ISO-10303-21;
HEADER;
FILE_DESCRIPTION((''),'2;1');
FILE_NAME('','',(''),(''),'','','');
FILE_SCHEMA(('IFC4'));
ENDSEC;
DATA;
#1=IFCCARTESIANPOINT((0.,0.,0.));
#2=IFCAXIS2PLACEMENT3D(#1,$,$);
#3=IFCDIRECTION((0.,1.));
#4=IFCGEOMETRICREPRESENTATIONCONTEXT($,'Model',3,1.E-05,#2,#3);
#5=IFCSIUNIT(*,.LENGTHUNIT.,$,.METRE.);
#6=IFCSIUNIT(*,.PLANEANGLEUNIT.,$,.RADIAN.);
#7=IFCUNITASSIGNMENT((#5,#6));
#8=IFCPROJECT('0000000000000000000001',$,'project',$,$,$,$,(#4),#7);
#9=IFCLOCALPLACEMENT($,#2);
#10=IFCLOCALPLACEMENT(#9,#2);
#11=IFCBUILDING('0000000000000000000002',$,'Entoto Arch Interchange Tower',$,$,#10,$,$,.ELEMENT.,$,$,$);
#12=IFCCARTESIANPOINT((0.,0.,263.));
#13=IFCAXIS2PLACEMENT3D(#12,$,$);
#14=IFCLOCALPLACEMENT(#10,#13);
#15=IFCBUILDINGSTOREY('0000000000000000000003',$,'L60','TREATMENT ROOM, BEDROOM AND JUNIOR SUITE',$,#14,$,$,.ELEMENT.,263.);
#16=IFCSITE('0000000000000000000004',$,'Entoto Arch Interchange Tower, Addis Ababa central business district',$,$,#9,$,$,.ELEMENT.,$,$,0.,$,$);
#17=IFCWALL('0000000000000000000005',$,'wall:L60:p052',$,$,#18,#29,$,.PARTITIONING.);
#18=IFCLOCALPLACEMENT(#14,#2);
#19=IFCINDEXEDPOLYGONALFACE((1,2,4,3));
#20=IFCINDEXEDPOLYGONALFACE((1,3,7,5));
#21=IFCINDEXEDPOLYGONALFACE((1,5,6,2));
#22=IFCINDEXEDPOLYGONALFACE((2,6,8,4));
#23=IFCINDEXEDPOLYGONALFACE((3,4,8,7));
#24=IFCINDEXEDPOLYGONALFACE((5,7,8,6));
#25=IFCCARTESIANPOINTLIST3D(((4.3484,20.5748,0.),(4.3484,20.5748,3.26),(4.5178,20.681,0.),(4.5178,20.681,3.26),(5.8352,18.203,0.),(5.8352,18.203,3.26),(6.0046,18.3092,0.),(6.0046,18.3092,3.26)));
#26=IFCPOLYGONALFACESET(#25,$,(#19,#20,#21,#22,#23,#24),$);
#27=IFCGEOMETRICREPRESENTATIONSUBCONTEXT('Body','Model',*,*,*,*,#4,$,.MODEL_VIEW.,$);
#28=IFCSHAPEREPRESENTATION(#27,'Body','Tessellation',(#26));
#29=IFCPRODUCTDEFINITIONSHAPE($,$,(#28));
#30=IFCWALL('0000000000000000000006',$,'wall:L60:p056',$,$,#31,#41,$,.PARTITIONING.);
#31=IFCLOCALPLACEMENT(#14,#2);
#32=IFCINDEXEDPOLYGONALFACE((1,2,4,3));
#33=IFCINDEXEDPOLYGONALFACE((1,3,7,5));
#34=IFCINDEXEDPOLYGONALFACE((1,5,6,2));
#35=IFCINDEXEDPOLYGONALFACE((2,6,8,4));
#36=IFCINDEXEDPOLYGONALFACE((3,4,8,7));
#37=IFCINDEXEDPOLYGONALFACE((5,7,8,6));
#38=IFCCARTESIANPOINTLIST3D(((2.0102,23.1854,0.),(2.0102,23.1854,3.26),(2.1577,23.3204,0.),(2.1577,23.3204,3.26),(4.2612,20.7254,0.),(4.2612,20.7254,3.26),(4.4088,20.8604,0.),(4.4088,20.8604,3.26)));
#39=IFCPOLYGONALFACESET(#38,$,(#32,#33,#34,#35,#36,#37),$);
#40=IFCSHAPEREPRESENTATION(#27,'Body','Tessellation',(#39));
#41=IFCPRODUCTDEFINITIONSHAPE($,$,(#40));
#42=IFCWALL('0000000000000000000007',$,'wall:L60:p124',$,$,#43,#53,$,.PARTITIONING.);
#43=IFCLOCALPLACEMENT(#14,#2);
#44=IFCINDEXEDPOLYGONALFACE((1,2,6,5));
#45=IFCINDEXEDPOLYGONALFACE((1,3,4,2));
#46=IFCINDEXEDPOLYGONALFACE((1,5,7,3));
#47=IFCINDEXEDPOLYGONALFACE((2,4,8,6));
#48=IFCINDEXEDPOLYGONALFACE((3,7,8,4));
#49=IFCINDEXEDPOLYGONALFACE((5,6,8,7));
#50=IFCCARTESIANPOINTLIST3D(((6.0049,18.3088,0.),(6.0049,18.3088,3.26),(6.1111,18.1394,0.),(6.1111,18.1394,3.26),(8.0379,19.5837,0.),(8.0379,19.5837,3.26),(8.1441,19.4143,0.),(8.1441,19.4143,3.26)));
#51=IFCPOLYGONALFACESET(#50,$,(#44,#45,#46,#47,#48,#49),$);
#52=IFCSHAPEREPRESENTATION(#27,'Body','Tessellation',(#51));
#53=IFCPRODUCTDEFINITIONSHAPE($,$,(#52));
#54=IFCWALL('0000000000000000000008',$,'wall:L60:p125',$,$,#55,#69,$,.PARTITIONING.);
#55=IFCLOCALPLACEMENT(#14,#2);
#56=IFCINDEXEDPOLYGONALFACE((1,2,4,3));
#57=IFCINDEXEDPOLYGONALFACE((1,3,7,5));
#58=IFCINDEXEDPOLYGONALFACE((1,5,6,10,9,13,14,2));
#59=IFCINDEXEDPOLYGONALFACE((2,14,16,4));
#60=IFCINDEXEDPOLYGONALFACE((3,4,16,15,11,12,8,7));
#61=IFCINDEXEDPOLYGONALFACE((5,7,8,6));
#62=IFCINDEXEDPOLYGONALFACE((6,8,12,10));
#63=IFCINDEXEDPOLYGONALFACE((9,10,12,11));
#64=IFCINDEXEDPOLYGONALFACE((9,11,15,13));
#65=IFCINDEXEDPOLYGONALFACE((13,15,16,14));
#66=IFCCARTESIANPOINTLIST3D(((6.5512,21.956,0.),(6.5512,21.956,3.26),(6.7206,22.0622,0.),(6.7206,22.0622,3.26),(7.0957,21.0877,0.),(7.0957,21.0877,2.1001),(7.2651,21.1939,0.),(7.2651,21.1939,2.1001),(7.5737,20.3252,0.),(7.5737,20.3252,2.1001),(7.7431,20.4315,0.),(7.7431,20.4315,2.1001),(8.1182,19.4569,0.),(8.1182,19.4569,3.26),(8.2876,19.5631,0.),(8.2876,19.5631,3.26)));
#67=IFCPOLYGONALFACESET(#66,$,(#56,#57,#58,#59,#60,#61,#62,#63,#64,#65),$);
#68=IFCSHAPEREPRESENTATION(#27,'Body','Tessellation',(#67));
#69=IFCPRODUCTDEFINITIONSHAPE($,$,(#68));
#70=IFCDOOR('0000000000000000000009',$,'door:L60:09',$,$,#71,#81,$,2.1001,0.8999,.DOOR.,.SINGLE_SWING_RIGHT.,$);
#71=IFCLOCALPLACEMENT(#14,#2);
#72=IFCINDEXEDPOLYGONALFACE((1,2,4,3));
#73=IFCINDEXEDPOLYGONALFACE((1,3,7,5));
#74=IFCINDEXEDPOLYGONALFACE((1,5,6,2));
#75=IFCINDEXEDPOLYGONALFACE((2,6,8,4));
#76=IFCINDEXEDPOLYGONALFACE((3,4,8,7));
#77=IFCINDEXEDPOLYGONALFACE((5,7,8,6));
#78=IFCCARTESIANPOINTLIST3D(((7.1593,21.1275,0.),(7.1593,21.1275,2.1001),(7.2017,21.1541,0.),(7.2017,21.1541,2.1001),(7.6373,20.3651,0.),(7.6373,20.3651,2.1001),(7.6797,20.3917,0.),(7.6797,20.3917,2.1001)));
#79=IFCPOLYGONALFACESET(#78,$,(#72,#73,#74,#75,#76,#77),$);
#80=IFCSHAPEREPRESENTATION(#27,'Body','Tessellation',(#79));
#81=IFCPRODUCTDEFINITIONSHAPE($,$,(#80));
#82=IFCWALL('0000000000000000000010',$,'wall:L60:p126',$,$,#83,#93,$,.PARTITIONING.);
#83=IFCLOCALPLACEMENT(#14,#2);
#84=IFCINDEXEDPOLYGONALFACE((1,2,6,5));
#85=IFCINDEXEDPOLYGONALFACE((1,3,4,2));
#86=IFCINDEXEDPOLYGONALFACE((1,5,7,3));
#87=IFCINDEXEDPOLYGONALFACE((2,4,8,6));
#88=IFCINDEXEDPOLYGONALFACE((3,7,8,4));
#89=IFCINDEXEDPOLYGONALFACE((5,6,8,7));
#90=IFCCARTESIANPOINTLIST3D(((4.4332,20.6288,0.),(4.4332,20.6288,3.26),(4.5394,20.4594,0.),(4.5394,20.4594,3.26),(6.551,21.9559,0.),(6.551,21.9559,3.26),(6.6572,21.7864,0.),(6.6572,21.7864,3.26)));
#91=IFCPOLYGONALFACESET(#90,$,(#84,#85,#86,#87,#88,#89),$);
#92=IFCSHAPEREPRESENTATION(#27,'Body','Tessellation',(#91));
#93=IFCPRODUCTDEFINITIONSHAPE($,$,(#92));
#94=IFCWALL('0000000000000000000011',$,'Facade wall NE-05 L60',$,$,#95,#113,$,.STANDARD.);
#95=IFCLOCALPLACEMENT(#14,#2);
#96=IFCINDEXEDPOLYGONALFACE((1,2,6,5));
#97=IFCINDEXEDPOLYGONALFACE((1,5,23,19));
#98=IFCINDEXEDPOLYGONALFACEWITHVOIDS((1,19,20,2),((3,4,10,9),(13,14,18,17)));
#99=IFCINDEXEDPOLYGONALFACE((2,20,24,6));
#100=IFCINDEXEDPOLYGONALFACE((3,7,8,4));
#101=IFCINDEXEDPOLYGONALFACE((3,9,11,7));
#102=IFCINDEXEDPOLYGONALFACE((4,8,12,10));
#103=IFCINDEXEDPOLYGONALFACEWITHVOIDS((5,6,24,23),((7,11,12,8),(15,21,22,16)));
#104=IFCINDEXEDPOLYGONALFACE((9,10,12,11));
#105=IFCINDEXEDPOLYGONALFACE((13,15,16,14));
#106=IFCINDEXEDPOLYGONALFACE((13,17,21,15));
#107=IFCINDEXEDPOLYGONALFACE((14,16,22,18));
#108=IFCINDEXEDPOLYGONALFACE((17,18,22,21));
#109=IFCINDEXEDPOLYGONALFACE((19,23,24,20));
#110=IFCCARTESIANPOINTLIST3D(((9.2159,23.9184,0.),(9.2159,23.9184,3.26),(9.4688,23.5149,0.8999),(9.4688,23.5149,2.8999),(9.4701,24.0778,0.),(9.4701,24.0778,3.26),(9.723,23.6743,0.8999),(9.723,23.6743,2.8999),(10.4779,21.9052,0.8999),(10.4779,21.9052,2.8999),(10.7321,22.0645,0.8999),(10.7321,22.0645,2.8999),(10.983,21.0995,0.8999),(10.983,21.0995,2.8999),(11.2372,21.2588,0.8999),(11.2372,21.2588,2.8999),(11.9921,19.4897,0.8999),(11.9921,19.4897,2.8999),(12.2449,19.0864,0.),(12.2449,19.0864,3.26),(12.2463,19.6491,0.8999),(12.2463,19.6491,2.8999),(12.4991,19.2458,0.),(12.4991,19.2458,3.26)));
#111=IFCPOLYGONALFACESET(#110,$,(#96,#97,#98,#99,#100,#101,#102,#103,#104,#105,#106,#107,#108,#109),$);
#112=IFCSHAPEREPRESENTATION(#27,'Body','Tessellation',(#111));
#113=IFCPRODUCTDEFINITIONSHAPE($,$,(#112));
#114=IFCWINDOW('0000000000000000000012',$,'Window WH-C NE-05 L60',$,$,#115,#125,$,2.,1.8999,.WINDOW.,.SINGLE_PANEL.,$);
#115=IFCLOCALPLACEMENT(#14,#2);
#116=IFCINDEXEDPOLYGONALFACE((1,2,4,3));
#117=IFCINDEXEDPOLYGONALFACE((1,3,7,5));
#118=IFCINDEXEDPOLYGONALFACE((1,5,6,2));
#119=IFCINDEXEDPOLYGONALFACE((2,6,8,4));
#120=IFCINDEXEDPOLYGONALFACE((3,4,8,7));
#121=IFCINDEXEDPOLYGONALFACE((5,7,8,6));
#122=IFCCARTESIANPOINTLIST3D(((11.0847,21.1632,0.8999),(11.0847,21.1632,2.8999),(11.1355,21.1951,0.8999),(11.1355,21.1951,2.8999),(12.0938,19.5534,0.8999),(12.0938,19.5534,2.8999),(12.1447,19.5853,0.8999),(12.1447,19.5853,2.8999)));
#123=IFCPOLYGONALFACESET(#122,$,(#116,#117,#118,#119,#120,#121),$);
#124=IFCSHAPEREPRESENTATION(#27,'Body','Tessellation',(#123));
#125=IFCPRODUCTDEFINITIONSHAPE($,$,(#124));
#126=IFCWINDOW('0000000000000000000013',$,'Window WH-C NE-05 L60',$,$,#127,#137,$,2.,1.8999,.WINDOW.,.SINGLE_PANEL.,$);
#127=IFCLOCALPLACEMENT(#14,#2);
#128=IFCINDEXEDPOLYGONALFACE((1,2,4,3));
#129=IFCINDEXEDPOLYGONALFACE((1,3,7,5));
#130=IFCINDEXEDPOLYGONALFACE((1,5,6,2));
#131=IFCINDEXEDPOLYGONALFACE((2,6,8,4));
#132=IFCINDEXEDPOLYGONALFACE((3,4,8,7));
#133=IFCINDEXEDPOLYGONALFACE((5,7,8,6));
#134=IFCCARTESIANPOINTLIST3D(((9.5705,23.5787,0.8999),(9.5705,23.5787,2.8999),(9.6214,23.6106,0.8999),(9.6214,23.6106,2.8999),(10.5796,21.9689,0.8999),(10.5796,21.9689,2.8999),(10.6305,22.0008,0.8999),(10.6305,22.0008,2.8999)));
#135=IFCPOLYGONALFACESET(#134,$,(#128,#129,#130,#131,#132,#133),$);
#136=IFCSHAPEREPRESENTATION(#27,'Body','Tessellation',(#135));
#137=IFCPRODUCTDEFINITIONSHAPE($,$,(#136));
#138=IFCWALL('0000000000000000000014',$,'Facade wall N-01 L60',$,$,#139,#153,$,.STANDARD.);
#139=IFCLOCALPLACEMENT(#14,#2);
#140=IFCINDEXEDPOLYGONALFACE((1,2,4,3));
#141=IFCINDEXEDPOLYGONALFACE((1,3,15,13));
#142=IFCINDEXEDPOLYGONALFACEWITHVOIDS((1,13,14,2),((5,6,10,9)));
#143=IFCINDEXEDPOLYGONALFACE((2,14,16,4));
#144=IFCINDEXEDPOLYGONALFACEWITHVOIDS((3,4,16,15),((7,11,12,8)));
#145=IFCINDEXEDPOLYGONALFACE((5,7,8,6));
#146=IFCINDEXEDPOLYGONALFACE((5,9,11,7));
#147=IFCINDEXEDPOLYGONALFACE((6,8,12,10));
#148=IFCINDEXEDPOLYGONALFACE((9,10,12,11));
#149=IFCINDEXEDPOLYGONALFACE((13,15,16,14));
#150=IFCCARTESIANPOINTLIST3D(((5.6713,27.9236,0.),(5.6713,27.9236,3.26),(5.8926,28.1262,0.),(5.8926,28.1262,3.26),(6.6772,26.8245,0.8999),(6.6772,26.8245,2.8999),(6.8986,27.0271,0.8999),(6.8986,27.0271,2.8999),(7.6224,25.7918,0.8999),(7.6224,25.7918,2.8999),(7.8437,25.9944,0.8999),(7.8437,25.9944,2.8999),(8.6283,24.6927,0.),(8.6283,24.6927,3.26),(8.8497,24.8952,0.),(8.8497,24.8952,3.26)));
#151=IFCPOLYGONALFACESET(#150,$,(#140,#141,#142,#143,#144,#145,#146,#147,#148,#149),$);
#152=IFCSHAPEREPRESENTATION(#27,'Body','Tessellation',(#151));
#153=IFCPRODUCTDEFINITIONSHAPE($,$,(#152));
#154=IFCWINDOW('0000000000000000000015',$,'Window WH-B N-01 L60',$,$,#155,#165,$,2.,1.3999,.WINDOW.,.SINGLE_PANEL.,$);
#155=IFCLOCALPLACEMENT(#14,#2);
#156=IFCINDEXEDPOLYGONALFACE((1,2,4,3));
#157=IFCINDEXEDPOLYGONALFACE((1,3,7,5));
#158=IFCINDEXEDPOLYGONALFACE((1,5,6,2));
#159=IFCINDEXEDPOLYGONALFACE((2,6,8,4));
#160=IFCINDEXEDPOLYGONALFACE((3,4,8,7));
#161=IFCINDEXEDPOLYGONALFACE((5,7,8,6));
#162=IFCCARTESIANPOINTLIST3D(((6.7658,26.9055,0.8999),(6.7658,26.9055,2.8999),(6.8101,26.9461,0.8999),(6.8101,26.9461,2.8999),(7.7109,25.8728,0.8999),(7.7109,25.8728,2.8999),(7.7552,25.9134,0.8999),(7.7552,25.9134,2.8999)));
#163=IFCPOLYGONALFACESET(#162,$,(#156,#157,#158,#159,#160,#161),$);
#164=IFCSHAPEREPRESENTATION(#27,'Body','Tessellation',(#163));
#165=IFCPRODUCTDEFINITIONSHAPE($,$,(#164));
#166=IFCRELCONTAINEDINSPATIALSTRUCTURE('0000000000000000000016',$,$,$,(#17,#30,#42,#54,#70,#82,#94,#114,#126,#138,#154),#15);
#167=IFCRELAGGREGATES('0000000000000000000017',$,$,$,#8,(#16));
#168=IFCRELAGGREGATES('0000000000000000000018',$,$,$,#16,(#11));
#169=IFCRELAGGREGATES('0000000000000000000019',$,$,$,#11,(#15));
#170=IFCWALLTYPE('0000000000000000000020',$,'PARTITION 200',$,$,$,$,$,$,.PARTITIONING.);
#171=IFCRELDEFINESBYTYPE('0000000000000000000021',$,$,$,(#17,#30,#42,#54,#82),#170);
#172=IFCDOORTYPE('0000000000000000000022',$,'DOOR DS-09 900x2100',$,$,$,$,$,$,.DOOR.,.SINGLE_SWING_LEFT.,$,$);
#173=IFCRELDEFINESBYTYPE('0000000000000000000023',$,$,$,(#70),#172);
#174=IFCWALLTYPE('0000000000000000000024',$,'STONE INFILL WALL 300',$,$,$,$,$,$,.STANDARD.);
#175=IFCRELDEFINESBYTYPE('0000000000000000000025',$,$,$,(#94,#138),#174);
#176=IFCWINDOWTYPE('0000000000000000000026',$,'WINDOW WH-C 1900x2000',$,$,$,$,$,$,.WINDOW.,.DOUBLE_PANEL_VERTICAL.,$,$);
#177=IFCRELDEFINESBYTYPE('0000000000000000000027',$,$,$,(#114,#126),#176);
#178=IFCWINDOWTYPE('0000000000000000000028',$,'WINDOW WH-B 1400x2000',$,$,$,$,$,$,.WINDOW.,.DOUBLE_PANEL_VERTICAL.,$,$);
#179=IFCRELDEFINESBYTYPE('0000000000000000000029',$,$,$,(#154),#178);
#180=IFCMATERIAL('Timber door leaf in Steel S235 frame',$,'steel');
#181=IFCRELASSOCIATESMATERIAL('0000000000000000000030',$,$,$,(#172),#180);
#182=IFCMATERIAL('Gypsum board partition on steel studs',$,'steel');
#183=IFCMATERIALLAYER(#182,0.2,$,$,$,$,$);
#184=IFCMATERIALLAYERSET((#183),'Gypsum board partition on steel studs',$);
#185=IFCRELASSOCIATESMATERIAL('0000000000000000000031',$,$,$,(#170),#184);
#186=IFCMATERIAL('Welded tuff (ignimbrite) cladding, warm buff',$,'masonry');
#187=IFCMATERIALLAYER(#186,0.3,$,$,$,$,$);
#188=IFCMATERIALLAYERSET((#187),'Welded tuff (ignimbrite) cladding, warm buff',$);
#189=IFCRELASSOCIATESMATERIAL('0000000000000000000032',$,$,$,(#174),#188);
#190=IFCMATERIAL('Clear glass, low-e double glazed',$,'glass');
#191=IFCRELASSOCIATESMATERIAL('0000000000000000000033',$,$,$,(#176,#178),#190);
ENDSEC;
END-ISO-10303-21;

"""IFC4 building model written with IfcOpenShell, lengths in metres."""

from ifc_helpers import new_model, si_unit, direction, frame, frame_2d, origin, place, context, subcontext, project, spatial, rectangle, extrude, material, layer, layer_set, type_object, element, fill, save


model = new_model("IFC4")

# Units and contexts
model_context = context("Model", 3, precision=1e-05, world=origin(), true_north=direction((0.0, 1.0)))
body_context = subcontext(model_context, "Body", "Model", "MODEL_VIEW")
ifc_project = project(units=[si_unit("LENGTHUNIT", "METRE"), si_unit("PLANEANGLEUNIT", "RADIAN")], contexts=[model_context])

# Site, building, storey
site_placement = place(None, origin())
site = spatial("IfcSite", under=ifc_project, at=site_placement, Name="Entoto Arch Interchange Tower, Addis Ababa central business district", CompositionType="ELEMENT", RefElevation=0.0)
building_placement = place(site_placement, origin())
building = spatial("IfcBuilding", under=site, at=building_placement, Name="Entoto Arch Interchange Tower", CompositionType="ELEMENT")
storey_placement = place(building_placement, frame((0.0, 0.0, 263.0)))
storey = spatial("IfcBuildingStorey", under=building, at=storey_placement, Name="L60", Description="TREATMENT ROOM, BEDROOM AND JUNIOR SUITE", CompositionType="ELEMENT", Elevation=263.0)

# Shared definitions
ifc_material_1 = material(Name="Gypsum board partition on steel studs", Category="steel")
ifc_material_2 = material(Name="Timber door leaf in Steel S235 frame", Category="steel")
door_type_1 = type_object("IfcDoorType", Name="DOOR DS-09 900x2100", OperationType="SINGLE_SWING_LEFT", PredefinedType="DOOR", material=ifc_material_2)

# Shared definitions
ifc_layer_1 = layer(ifc_material_1, 0.2)
ifc_layer_set_1 = layer_set([ifc_layer_1], Name="Gypsum board partition on steel studs")
wall_type_1 = type_object("IfcWallType", Name="PARTITION 200", PredefinedType="PARTITIONING", material=ifc_layer_set_1)

# Walls
wall_1_placement = place(storey_placement, frame((4.4331, 20.6279, 0.0), z_axis=(0.0, 0.0, 1.0), x_axis=(0.531135, -0.847287, 0.0)))
element("IfcWall", 1, at=wall_1_placement, inside=storey, type_object=wall_type_1, Name="wall:L60:p052", PredefinedType="PARTITIONING", context=body_context, shape_type="SweptSolid", body=[
    extrude(rectangle(XDim=2.7993, YDim=0.2, at=frame_2d((1.3997, 0.0))), origin(), (0.0, 0.0, 1.0), 3.26),
])
wall_2_placement = place(storey_placement, frame((2.084, 23.2529, 0.0), z_axis=(0.0, 0.0, 1.0), x_axis=(0.675075, -0.73775, 0.0)))
element("IfcWall", 2, at=wall_2_placement, inside=storey, type_object=wall_type_1, Name="wall:L60:p056", PredefinedType="PARTITIONING", context=body_context, shape_type="SweptSolid", body=[
    extrude(rectangle(XDim=3.3345, YDim=0.2, at=frame_2d((1.6672, 0.0))), origin(), (0.0, 0.0, 1.0), 3.26),
])
wall_3_placement = place(storey_placement, frame((6.0581, 18.2241, 0.0), z_axis=(0.0, 0.0, 1.0), x_axis=(0.847191, 0.531288, 0.0)))
element("IfcWall", 3, at=wall_3_placement, inside=storey, type_object=wall_type_1, Name="wall:L60:p124", PredefinedType="PARTITIONING", context=body_context, shape_type="SweptSolid", body=[
    extrude(rectangle(XDim=2.3997, YDim=0.2, at=frame_2d((1.1997, 0.0))), origin(), (0.0, 0.0, 1.0), 3.26),
])

# Wall, opening, door
wall_4_placement = place(storey_placement, frame((8.2029, 19.51, 0.0), z_axis=(0.0, 0.0, 1.0), x_axis=(-0.531219, 0.847235, 0.0)))
wall_4 = element("IfcWall", 4, at=wall_4_placement, inside=storey, type_object=wall_type_1, Name="wall:L60:p125", PredefinedType="PARTITIONING", context=body_context, shape_type="SweptSolid", body=[
    extrude(rectangle(XDim=2.9497, YDim=0.2, at=frame_2d((1.4749, 0.0))), origin(), (0.0, 0.0, 1.0), 3.26),
])
opening_1_placement = place(wall_4_placement, frame((1.0249, 0.0, 0.0)))
opening_1 = element("IfcOpeningElement", 5, at=opening_1_placement, cuts=wall_4, PredefinedType="OPENING", context=body_context, shape_type="SweptSolid", body=[
    extrude(rectangle(XDim=0.8999, YDim=2.1001, at=frame_2d((0.45, 1.05))), frame((0.0, 0.1099, 0.0), z_axis=(0.0, -1.0, 0.0), x_axis=(1.0, 0.0, 0.0)), (0.0, 0.0, 1.0), 0.22),
])
door_1_placement = place(opening_1_placement, origin())
door_1 = element("IfcDoor", 6, at=door_1_placement, inside=storey, type_object=door_type_1, Name="door:L60:09", OperationType="SINGLE_SWING_RIGHT", OverallHeight=2.1001, OverallWidth=0.8999, PredefinedType="DOOR", context=body_context, shape_type="SweptSolid", body=[
    extrude(rectangle(XDim=0.8999, YDim=2.1001, at=frame_2d((0.45, 1.05))), frame((0.0, 0.0249, 0.0), z_axis=(0.0, -1.0, 0.0), x_axis=(1.0, 0.0, 0.0)), (0.0, 0.0, 1.0), 0.05),
])
fill(opening_1, door_1)

# Wall
wall_5_placement = place(storey_placement, frame((6.604, 21.8711, 0.0), z_axis=(0.0, 0.0, 1.0), x_axis=(-0.847378, -0.530991, 0.0)))
element("IfcWall", 7, at=wall_5_placement, inside=storey, type_object=wall_type_1, Name="wall:L60:p126", PredefinedType="PARTITIONING", context=body_context, shape_type="SweptSolid", body=[
    extrude(rectangle(XDim=2.4993, YDim=0.2, at=frame_2d((1.2495, 0.0))), origin(), (0.0, 0.0, 1.0), 3.26),
])

# Wall, openings, windows
ifc_material_3 = material(Name="Welded tuff (ignimbrite) cladding, warm buff", Category="masonry")
ifc_layer_2 = layer(ifc_material_3, 0.3)
ifc_layer_set_2 = layer_set([ifc_layer_2], Name="Welded tuff (ignimbrite) cladding, warm buff")
wall_type_2 = type_object("IfcWallType", Name="STONE INFILL WALL 300", PredefinedType="STANDARD", material=ifc_layer_set_2)
wall_6_placement = place(storey_placement, frame((12.3721, 19.166, 0.0), z_axis=(0.0, 0.0, 1.0), x_axis=(-0.531137, 0.847286, 0.0)))
wall_6 = element("IfcWall", 8, at=wall_6_placement, inside=storey, type_object=wall_type_2, Name="Facade wall NE-05 L60", PredefinedType="STANDARD", context=body_context, shape_type="SweptSolid", body=[
    extrude(rectangle(XDim=5.7029, YDim=0.3, at=frame_2d((2.8516, 0.0))), origin(), (0.0, 0.0, 1.0), 3.26),
])
opening_2_placement = place(wall_6_placement, frame((0.4761, 0.0, 0.8999)))
opening_2 = element("IfcOpeningElement", 9, at=opening_2_placement, cuts=wall_6, PredefinedType="OPENING", context=body_context, shape_type="SweptSolid", body=[
    extrude(rectangle(XDim=1.8999, YDim=2.0, at=frame_2d((0.95, 1.0))), frame((0.0, 0.1602, 0.0), z_axis=(0.0, -1.0, 0.0), x_axis=(1.0, 0.0, 0.0)), (0.0, 0.0, 1.0), 0.3201),
])
opening_3_placement = place(wall_6_placement, frame((3.3269, 0.0, 0.8999)))
opening_3 = element("IfcOpeningElement", 10, at=opening_3_placement, cuts=wall_6, PredefinedType="OPENING", context=body_context, shape_type="SweptSolid", body=[
    extrude(rectangle(XDim=1.8999, YDim=2.0, at=frame_2d((0.95, 1.0))), frame((0.0, 0.1602, 0.0), z_axis=(0.0, -1.0, 0.0), x_axis=(1.0, 0.0, 0.0)), (0.0, 0.0, 1.0), 0.3201),
])
ifc_material_4 = material(Name="Clear glass, low-e double glazed", Category="glass")
window_type_1 = type_object("IfcWindowType", Name="WINDOW WH-C 1900x2000", PartitioningType="DOUBLE_PANEL_VERTICAL", PredefinedType="WINDOW", material=ifc_material_4)
window_1_placement = place(opening_2_placement, origin())
window_1 = element("IfcWindow", 11, at=window_1_placement, inside=storey, type_object=window_type_1, Name="Window WH-C NE-05 L60", OverallHeight=2.0, OverallWidth=1.8999, PartitioningType="SINGLE_PANEL", PredefinedType="WINDOW", context=body_context, shape_type="SweptSolid", body=[
    extrude(rectangle(XDim=1.8999, YDim=2.0, at=frame_2d((0.95, 1.0))), frame((0.0, 0.03, 0.0), z_axis=(0.0, -1.0, 0.0), x_axis=(1.0, 0.0, 0.0)), (0.0, 0.0, 1.0), 0.0601),
])
fill(opening_2, window_1)
window_2_placement = place(opening_3_placement, origin())
window_2 = element("IfcWindow", 12, at=window_2_placement, inside=storey, type_object=window_type_1, Name="Window WH-C NE-05 L60", OverallHeight=2.0, OverallWidth=1.8999, PartitioningType="SINGLE_PANEL", PredefinedType="WINDOW", context=body_context, shape_type="SweptSolid", body=[
    extrude(rectangle(XDim=1.8999, YDim=2.0, at=frame_2d((0.95, 1.0))), frame((0.0, 0.03, 0.0), z_axis=(0.0, -1.0, 0.0), x_axis=(1.0, 0.0, 0.0)), (0.0, 0.0, 1.0), 0.0601),
])
fill(opening_3, window_2)

# Wall, opening, window
wall_7_placement = place(storey_placement, frame((8.739, 24.7939, 0.0), z_axis=(0.0, 0.0, 1.0), x_axis=(-0.675144, 0.737686, 0.0)))
wall_7 = element("IfcWall", 13, at=wall_7_placement, inside=storey, type_object=wall_type_2, Name="Facade wall N-01 L60", PredefinedType="STANDARD", context=body_context, shape_type="SweptSolid", body=[
    extrude(rectangle(XDim=4.3799, YDim=0.3, at=frame_2d((2.1899, 0.0))), origin(), (0.0, 0.0, 1.0), 3.26),
])
opening_4_placement = place(wall_7_placement, frame((1.49, 0.0, 0.8999)))
opening_4 = element("IfcOpeningElement", 14, at=opening_4_placement, cuts=wall_7, PredefinedType="OPENING", context=body_context, shape_type="SweptSolid", body=[
    extrude(rectangle(XDim=1.3999, YDim=2.0, at=frame_2d((0.7, 1.0))), frame((0.0, 0.1602, 0.0), z_axis=(0.0, -1.0, 0.0), x_axis=(1.0, 0.0, 0.0)), (0.0, 0.0, 1.0), 0.3201),
])
window_type_2 = type_object("IfcWindowType", Name="WINDOW WH-B 1400x2000", PartitioningType="DOUBLE_PANEL_VERTICAL", PredefinedType="WINDOW", material=ifc_material_4)
window_3_placement = place(opening_4_placement, origin())
window_3 = element("IfcWindow", 15, at=window_3_placement, inside=storey, type_object=window_type_2, Name="Window WH-B N-01 L60", OverallHeight=2.0, OverallWidth=1.3999, PartitioningType="SINGLE_PANEL", PredefinedType="WINDOW", context=body_context, shape_type="SweptSolid", body=[
    extrude(rectangle(XDim=1.3999, YDim=2.0, at=frame_2d((0.7, 1.0))), frame((0.0, 0.03, 0.0), z_axis=(0.0, -1.0, 0.0), x_axis=(1.0, 0.0, 0.0)), (0.0, 0.0, 1.0), 0.0601),
])
fill(opening_4, window_3)

save(model, "model.ifc")
